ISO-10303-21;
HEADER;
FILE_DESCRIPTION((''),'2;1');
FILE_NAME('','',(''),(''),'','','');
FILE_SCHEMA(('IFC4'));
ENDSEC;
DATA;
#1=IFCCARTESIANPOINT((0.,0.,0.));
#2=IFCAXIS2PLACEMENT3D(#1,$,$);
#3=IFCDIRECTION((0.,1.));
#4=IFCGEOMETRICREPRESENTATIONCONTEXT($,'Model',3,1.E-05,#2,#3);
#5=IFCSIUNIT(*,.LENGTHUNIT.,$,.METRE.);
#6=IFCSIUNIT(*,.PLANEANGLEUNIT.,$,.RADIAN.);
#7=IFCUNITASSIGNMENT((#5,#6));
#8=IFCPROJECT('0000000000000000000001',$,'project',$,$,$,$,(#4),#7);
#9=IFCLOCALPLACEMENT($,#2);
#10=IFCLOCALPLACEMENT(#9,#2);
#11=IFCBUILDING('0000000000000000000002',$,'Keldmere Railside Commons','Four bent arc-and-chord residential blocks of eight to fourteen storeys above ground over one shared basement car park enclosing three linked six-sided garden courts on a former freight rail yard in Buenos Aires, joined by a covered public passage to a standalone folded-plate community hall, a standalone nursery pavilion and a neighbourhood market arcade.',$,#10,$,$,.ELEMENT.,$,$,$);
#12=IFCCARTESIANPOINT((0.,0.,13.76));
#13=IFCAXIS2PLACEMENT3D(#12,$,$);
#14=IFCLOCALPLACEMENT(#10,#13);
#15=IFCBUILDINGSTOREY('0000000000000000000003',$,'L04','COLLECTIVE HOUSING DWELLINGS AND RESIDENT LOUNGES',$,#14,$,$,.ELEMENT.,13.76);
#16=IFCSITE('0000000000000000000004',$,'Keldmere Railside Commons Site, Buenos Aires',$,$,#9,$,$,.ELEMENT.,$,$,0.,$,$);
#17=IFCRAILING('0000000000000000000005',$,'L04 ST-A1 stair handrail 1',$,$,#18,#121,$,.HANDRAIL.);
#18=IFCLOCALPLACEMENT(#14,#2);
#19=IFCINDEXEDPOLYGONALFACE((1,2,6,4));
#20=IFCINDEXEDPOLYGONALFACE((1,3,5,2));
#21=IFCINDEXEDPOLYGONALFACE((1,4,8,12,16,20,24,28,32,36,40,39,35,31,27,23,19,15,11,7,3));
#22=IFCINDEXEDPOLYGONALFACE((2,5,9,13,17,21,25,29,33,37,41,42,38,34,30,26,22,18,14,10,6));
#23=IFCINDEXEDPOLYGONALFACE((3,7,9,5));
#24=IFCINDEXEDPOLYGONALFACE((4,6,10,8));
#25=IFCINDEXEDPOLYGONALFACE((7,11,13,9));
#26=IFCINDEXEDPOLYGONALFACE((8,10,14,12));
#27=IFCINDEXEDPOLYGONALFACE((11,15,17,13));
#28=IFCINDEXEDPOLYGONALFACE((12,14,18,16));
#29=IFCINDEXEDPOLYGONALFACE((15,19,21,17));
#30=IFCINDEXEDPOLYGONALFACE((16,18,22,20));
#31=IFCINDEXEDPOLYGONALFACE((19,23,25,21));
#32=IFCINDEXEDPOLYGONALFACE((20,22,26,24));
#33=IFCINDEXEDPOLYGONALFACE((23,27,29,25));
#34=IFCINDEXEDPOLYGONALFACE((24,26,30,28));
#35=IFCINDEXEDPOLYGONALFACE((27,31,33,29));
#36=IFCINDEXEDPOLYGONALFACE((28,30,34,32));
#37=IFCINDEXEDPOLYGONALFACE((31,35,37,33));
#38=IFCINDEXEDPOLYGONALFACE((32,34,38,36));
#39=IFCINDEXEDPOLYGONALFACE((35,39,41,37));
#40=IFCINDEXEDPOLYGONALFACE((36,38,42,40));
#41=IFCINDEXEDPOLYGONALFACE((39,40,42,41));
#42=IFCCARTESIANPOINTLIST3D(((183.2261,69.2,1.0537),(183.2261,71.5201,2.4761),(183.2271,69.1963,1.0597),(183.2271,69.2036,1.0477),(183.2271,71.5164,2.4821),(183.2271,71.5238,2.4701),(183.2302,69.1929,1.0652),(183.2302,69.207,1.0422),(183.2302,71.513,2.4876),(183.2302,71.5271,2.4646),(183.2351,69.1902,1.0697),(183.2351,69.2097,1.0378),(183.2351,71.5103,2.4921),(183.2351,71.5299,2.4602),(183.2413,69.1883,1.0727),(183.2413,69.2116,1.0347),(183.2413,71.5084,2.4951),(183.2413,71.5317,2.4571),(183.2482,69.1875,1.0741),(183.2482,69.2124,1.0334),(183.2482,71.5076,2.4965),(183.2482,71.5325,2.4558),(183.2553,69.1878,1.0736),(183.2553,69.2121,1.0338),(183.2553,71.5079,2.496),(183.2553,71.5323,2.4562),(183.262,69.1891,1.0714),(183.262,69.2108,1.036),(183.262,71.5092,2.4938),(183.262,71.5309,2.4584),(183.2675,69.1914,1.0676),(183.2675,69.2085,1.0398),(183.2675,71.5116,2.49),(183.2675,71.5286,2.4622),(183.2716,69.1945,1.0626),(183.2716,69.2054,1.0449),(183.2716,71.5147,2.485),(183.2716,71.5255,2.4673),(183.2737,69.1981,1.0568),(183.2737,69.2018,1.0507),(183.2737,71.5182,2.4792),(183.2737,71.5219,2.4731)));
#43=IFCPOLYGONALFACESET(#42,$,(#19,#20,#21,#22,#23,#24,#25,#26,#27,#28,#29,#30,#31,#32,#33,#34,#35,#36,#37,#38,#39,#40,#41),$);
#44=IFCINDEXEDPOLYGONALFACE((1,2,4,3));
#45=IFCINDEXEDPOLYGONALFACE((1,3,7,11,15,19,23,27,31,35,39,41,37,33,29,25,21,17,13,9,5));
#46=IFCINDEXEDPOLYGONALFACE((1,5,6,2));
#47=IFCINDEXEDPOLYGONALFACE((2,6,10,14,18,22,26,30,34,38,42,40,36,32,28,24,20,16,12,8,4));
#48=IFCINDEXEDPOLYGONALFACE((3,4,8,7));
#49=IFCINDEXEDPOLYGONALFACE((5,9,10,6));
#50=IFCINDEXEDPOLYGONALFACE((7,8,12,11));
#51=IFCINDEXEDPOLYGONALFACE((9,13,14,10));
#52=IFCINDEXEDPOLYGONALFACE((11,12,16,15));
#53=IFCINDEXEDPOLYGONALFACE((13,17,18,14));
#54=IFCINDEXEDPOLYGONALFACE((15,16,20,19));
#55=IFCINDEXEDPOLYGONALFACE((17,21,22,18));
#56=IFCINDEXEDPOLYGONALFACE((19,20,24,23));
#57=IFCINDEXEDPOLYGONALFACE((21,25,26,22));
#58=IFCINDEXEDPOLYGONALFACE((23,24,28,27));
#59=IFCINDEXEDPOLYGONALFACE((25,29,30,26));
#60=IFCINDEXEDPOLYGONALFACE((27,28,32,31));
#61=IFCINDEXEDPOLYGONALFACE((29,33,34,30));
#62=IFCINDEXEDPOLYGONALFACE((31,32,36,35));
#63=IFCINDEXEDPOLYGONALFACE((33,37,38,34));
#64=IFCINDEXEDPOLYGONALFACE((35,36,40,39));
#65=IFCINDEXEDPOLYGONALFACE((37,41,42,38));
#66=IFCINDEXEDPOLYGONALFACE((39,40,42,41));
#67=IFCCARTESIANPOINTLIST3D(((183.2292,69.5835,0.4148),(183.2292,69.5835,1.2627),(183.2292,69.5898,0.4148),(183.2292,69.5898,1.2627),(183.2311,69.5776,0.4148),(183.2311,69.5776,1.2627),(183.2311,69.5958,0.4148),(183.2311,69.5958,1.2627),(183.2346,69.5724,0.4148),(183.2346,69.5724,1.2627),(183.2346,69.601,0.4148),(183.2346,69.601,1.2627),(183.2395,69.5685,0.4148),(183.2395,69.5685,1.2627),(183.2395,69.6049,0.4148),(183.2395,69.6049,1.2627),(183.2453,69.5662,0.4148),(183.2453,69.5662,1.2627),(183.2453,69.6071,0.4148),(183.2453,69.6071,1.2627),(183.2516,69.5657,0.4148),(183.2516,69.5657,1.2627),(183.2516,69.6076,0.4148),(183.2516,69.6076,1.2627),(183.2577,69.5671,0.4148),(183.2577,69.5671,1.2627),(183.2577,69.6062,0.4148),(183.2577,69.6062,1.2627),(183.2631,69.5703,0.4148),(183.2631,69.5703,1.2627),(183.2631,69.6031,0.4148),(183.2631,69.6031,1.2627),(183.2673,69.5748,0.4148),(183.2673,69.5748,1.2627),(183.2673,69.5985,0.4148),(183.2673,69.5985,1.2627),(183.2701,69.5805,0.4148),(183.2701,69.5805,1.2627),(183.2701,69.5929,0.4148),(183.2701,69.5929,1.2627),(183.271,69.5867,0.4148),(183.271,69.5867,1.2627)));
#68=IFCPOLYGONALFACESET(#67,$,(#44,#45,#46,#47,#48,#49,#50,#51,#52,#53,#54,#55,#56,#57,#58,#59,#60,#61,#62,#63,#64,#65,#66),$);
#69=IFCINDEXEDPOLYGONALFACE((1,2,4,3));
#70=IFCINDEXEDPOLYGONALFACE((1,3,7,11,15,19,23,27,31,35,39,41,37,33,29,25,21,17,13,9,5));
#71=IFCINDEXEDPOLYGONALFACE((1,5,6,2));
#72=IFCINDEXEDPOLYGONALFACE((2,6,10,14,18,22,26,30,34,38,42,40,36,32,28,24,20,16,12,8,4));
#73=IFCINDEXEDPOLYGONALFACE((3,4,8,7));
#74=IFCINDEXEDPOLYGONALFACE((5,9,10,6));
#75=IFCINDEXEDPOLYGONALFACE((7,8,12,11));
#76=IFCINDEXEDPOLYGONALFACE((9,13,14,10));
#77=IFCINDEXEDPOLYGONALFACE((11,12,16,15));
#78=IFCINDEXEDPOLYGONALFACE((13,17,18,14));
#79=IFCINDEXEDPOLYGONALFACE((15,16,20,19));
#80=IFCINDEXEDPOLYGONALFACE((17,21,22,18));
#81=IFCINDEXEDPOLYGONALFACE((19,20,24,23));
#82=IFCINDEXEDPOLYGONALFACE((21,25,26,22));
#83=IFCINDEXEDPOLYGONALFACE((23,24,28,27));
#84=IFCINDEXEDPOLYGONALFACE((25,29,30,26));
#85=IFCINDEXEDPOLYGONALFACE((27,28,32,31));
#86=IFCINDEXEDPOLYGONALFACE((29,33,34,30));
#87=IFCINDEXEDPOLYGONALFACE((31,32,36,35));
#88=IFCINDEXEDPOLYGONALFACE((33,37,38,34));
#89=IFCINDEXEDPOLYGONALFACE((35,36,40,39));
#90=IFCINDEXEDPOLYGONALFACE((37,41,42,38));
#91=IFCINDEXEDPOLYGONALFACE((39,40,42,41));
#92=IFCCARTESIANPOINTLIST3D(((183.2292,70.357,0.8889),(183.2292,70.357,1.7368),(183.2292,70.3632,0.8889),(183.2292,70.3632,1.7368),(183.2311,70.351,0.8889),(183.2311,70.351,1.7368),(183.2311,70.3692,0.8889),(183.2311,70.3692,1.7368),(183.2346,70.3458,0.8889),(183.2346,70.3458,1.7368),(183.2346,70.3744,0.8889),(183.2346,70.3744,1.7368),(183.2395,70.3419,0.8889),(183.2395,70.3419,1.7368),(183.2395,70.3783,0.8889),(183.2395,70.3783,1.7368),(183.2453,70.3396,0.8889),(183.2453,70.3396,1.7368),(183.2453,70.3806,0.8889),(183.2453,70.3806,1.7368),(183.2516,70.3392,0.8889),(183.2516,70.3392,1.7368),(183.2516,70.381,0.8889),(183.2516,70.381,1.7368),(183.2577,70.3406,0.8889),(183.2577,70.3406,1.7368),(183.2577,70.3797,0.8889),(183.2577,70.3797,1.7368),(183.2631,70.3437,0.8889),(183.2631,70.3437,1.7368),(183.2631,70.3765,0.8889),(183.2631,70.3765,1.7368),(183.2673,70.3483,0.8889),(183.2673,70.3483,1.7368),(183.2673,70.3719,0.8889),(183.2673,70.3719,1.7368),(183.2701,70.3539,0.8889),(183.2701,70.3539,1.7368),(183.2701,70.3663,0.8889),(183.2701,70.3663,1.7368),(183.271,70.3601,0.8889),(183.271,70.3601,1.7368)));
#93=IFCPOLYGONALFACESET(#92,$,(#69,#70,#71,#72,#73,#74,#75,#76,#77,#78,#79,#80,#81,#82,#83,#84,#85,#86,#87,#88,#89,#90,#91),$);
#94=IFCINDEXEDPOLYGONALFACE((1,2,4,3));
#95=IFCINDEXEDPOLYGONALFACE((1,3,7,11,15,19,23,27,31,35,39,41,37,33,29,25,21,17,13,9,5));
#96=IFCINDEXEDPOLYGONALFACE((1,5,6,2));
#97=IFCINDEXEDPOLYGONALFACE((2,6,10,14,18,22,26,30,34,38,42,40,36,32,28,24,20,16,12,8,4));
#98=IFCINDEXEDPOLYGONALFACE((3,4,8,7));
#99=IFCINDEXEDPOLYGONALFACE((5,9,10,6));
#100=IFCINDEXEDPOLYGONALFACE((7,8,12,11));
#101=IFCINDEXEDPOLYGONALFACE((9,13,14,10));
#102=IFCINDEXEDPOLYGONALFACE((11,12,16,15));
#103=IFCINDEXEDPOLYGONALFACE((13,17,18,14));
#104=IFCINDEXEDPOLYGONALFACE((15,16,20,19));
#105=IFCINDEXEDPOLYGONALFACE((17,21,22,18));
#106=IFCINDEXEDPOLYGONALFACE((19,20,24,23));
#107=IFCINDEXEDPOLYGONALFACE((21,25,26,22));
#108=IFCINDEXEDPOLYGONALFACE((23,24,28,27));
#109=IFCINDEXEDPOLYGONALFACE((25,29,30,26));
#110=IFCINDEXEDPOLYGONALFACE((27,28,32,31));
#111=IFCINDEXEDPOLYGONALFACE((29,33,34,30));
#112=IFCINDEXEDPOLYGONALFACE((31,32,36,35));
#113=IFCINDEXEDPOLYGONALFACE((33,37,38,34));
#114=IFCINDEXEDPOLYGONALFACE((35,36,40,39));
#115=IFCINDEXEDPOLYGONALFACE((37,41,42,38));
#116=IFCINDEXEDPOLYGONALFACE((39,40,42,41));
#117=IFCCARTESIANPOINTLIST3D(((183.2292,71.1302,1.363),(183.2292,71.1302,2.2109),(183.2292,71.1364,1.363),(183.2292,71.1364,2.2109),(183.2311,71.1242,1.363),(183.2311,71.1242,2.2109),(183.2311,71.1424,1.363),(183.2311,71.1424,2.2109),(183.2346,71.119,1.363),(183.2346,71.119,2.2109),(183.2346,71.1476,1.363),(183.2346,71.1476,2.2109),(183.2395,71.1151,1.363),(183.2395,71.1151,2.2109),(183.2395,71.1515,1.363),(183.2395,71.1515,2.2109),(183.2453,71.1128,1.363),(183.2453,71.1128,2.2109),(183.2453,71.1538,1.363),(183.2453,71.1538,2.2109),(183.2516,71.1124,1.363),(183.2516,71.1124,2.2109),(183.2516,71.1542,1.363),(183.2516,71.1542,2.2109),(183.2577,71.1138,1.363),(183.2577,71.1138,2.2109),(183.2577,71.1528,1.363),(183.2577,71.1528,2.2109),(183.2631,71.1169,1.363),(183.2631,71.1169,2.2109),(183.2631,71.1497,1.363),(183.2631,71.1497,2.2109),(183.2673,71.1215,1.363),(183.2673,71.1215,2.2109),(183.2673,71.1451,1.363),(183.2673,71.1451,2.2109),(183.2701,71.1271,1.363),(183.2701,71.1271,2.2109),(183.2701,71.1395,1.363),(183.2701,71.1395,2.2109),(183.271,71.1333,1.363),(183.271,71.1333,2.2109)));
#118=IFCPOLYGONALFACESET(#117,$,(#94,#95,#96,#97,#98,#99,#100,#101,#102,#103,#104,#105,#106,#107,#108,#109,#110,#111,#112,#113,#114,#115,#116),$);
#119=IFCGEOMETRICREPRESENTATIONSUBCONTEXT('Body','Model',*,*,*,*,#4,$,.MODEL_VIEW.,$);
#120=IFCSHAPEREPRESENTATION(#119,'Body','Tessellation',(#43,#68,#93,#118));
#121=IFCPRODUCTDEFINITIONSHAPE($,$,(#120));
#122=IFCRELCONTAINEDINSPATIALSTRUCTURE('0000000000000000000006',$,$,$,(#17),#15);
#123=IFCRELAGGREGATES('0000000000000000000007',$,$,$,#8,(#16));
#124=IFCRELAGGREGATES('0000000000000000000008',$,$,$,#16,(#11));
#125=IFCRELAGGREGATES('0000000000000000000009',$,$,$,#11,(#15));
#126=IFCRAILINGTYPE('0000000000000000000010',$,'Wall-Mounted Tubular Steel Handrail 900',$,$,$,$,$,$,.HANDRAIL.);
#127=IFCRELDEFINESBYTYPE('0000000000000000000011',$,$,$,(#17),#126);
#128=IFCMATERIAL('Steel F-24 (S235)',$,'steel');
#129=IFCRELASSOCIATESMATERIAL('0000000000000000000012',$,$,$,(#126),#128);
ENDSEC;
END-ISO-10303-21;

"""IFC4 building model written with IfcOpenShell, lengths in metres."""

from ifc_helpers import new_model, si_unit, direction, frame, origin, origin_2d, place, context, subcontext, project, spatial, circle, extrude, material, type_object, element, save


model = new_model("IFC4")

# Units and contexts
model_context = context("Model", 3, precision=1e-05, world=origin(), true_north=direction((0.0, 1.0)))
body_context = subcontext(model_context, "Body", "Model", "MODEL_VIEW")
ifc_project = project(units=[si_unit("LENGTHUNIT", "METRE"), si_unit("PLANEANGLEUNIT", "RADIAN")], contexts=[model_context])

# Site, building, storey
site_placement = place(None, origin())
site = spatial("IfcSite", under=ifc_project, at=site_placement, Name="Keldmere Railside Commons Site, Buenos Aires", CompositionType="ELEMENT", RefElevation=0.0)
building_placement = place(site_placement, origin())
building = spatial("IfcBuilding", under=site, at=building_placement, Name="Keldmere Railside Commons", Description="Four bent arc-and-chord residential blocks of eight to fourteen storeys above ground over one shared basement car park enclosing three linked six-sided garden courts on a former freight rail yard in Buenos Aires, joined by a covered public passage to a standalone folded-plate community hall, a standalone nursery pavilion and a neighbourhood market arcade.", CompositionType="ELEMENT")
storey_placement = place(building_placement, frame((0.0, 0.0, 13.76)))
storey = spatial("IfcBuildingStorey", under=building, at=storey_placement, Name="L04", Description="COLLECTIVE HOUSING DWELLINGS AND RESIDENT LOUNGES", CompositionType="ELEMENT", Elevation=13.76)

# Shared definitions
ifc_material_1 = material(Name="Steel F-24 (S235)", Category="steel")

# Railing
railing_type_1 = type_object("IfcRailingType", Name="Wall-Mounted Tubular Steel Handrail 900", PredefinedType="HANDRAIL", material=ifc_material_1)
railing_1_placement = place(storey_placement, frame((183.25, 69.2, 0.1777)))
element("IfcRailing", 1, at=railing_1_placement, inside=storey, type_object=railing_type_1, Name="L04 ST-A1 stair handrail 1", PredefinedType="HANDRAIL", context=body_context, shape_type="SweptSolid", body=[
    extrude(circle(Radius=0.0239, at=origin_2d()), frame((0.0, 0.0, 0.876), z_axis=(0.0, 0.852538, 0.522665), x_axis=(-1.0, 0.0, 0.0)), (0.0, 0.0, 1.0), 2.7214),
    extrude(circle(Radius=0.021, at=origin_2d()), frame((0.0, 0.3867, 0.2371)), (0.0, 0.0, 1.0), 0.8479),
    extrude(circle(Radius=0.021, at=origin_2d()), frame((0.0, 1.1602, 0.7112)), (0.0, 0.0, 1.0), 0.8479),
    extrude(circle(Radius=0.021, at=origin_2d()), frame((0.0, 1.9333, 1.1853)), (0.0, 0.0, 1.0), 0.8479),
])

save(model, "model.ifc")
